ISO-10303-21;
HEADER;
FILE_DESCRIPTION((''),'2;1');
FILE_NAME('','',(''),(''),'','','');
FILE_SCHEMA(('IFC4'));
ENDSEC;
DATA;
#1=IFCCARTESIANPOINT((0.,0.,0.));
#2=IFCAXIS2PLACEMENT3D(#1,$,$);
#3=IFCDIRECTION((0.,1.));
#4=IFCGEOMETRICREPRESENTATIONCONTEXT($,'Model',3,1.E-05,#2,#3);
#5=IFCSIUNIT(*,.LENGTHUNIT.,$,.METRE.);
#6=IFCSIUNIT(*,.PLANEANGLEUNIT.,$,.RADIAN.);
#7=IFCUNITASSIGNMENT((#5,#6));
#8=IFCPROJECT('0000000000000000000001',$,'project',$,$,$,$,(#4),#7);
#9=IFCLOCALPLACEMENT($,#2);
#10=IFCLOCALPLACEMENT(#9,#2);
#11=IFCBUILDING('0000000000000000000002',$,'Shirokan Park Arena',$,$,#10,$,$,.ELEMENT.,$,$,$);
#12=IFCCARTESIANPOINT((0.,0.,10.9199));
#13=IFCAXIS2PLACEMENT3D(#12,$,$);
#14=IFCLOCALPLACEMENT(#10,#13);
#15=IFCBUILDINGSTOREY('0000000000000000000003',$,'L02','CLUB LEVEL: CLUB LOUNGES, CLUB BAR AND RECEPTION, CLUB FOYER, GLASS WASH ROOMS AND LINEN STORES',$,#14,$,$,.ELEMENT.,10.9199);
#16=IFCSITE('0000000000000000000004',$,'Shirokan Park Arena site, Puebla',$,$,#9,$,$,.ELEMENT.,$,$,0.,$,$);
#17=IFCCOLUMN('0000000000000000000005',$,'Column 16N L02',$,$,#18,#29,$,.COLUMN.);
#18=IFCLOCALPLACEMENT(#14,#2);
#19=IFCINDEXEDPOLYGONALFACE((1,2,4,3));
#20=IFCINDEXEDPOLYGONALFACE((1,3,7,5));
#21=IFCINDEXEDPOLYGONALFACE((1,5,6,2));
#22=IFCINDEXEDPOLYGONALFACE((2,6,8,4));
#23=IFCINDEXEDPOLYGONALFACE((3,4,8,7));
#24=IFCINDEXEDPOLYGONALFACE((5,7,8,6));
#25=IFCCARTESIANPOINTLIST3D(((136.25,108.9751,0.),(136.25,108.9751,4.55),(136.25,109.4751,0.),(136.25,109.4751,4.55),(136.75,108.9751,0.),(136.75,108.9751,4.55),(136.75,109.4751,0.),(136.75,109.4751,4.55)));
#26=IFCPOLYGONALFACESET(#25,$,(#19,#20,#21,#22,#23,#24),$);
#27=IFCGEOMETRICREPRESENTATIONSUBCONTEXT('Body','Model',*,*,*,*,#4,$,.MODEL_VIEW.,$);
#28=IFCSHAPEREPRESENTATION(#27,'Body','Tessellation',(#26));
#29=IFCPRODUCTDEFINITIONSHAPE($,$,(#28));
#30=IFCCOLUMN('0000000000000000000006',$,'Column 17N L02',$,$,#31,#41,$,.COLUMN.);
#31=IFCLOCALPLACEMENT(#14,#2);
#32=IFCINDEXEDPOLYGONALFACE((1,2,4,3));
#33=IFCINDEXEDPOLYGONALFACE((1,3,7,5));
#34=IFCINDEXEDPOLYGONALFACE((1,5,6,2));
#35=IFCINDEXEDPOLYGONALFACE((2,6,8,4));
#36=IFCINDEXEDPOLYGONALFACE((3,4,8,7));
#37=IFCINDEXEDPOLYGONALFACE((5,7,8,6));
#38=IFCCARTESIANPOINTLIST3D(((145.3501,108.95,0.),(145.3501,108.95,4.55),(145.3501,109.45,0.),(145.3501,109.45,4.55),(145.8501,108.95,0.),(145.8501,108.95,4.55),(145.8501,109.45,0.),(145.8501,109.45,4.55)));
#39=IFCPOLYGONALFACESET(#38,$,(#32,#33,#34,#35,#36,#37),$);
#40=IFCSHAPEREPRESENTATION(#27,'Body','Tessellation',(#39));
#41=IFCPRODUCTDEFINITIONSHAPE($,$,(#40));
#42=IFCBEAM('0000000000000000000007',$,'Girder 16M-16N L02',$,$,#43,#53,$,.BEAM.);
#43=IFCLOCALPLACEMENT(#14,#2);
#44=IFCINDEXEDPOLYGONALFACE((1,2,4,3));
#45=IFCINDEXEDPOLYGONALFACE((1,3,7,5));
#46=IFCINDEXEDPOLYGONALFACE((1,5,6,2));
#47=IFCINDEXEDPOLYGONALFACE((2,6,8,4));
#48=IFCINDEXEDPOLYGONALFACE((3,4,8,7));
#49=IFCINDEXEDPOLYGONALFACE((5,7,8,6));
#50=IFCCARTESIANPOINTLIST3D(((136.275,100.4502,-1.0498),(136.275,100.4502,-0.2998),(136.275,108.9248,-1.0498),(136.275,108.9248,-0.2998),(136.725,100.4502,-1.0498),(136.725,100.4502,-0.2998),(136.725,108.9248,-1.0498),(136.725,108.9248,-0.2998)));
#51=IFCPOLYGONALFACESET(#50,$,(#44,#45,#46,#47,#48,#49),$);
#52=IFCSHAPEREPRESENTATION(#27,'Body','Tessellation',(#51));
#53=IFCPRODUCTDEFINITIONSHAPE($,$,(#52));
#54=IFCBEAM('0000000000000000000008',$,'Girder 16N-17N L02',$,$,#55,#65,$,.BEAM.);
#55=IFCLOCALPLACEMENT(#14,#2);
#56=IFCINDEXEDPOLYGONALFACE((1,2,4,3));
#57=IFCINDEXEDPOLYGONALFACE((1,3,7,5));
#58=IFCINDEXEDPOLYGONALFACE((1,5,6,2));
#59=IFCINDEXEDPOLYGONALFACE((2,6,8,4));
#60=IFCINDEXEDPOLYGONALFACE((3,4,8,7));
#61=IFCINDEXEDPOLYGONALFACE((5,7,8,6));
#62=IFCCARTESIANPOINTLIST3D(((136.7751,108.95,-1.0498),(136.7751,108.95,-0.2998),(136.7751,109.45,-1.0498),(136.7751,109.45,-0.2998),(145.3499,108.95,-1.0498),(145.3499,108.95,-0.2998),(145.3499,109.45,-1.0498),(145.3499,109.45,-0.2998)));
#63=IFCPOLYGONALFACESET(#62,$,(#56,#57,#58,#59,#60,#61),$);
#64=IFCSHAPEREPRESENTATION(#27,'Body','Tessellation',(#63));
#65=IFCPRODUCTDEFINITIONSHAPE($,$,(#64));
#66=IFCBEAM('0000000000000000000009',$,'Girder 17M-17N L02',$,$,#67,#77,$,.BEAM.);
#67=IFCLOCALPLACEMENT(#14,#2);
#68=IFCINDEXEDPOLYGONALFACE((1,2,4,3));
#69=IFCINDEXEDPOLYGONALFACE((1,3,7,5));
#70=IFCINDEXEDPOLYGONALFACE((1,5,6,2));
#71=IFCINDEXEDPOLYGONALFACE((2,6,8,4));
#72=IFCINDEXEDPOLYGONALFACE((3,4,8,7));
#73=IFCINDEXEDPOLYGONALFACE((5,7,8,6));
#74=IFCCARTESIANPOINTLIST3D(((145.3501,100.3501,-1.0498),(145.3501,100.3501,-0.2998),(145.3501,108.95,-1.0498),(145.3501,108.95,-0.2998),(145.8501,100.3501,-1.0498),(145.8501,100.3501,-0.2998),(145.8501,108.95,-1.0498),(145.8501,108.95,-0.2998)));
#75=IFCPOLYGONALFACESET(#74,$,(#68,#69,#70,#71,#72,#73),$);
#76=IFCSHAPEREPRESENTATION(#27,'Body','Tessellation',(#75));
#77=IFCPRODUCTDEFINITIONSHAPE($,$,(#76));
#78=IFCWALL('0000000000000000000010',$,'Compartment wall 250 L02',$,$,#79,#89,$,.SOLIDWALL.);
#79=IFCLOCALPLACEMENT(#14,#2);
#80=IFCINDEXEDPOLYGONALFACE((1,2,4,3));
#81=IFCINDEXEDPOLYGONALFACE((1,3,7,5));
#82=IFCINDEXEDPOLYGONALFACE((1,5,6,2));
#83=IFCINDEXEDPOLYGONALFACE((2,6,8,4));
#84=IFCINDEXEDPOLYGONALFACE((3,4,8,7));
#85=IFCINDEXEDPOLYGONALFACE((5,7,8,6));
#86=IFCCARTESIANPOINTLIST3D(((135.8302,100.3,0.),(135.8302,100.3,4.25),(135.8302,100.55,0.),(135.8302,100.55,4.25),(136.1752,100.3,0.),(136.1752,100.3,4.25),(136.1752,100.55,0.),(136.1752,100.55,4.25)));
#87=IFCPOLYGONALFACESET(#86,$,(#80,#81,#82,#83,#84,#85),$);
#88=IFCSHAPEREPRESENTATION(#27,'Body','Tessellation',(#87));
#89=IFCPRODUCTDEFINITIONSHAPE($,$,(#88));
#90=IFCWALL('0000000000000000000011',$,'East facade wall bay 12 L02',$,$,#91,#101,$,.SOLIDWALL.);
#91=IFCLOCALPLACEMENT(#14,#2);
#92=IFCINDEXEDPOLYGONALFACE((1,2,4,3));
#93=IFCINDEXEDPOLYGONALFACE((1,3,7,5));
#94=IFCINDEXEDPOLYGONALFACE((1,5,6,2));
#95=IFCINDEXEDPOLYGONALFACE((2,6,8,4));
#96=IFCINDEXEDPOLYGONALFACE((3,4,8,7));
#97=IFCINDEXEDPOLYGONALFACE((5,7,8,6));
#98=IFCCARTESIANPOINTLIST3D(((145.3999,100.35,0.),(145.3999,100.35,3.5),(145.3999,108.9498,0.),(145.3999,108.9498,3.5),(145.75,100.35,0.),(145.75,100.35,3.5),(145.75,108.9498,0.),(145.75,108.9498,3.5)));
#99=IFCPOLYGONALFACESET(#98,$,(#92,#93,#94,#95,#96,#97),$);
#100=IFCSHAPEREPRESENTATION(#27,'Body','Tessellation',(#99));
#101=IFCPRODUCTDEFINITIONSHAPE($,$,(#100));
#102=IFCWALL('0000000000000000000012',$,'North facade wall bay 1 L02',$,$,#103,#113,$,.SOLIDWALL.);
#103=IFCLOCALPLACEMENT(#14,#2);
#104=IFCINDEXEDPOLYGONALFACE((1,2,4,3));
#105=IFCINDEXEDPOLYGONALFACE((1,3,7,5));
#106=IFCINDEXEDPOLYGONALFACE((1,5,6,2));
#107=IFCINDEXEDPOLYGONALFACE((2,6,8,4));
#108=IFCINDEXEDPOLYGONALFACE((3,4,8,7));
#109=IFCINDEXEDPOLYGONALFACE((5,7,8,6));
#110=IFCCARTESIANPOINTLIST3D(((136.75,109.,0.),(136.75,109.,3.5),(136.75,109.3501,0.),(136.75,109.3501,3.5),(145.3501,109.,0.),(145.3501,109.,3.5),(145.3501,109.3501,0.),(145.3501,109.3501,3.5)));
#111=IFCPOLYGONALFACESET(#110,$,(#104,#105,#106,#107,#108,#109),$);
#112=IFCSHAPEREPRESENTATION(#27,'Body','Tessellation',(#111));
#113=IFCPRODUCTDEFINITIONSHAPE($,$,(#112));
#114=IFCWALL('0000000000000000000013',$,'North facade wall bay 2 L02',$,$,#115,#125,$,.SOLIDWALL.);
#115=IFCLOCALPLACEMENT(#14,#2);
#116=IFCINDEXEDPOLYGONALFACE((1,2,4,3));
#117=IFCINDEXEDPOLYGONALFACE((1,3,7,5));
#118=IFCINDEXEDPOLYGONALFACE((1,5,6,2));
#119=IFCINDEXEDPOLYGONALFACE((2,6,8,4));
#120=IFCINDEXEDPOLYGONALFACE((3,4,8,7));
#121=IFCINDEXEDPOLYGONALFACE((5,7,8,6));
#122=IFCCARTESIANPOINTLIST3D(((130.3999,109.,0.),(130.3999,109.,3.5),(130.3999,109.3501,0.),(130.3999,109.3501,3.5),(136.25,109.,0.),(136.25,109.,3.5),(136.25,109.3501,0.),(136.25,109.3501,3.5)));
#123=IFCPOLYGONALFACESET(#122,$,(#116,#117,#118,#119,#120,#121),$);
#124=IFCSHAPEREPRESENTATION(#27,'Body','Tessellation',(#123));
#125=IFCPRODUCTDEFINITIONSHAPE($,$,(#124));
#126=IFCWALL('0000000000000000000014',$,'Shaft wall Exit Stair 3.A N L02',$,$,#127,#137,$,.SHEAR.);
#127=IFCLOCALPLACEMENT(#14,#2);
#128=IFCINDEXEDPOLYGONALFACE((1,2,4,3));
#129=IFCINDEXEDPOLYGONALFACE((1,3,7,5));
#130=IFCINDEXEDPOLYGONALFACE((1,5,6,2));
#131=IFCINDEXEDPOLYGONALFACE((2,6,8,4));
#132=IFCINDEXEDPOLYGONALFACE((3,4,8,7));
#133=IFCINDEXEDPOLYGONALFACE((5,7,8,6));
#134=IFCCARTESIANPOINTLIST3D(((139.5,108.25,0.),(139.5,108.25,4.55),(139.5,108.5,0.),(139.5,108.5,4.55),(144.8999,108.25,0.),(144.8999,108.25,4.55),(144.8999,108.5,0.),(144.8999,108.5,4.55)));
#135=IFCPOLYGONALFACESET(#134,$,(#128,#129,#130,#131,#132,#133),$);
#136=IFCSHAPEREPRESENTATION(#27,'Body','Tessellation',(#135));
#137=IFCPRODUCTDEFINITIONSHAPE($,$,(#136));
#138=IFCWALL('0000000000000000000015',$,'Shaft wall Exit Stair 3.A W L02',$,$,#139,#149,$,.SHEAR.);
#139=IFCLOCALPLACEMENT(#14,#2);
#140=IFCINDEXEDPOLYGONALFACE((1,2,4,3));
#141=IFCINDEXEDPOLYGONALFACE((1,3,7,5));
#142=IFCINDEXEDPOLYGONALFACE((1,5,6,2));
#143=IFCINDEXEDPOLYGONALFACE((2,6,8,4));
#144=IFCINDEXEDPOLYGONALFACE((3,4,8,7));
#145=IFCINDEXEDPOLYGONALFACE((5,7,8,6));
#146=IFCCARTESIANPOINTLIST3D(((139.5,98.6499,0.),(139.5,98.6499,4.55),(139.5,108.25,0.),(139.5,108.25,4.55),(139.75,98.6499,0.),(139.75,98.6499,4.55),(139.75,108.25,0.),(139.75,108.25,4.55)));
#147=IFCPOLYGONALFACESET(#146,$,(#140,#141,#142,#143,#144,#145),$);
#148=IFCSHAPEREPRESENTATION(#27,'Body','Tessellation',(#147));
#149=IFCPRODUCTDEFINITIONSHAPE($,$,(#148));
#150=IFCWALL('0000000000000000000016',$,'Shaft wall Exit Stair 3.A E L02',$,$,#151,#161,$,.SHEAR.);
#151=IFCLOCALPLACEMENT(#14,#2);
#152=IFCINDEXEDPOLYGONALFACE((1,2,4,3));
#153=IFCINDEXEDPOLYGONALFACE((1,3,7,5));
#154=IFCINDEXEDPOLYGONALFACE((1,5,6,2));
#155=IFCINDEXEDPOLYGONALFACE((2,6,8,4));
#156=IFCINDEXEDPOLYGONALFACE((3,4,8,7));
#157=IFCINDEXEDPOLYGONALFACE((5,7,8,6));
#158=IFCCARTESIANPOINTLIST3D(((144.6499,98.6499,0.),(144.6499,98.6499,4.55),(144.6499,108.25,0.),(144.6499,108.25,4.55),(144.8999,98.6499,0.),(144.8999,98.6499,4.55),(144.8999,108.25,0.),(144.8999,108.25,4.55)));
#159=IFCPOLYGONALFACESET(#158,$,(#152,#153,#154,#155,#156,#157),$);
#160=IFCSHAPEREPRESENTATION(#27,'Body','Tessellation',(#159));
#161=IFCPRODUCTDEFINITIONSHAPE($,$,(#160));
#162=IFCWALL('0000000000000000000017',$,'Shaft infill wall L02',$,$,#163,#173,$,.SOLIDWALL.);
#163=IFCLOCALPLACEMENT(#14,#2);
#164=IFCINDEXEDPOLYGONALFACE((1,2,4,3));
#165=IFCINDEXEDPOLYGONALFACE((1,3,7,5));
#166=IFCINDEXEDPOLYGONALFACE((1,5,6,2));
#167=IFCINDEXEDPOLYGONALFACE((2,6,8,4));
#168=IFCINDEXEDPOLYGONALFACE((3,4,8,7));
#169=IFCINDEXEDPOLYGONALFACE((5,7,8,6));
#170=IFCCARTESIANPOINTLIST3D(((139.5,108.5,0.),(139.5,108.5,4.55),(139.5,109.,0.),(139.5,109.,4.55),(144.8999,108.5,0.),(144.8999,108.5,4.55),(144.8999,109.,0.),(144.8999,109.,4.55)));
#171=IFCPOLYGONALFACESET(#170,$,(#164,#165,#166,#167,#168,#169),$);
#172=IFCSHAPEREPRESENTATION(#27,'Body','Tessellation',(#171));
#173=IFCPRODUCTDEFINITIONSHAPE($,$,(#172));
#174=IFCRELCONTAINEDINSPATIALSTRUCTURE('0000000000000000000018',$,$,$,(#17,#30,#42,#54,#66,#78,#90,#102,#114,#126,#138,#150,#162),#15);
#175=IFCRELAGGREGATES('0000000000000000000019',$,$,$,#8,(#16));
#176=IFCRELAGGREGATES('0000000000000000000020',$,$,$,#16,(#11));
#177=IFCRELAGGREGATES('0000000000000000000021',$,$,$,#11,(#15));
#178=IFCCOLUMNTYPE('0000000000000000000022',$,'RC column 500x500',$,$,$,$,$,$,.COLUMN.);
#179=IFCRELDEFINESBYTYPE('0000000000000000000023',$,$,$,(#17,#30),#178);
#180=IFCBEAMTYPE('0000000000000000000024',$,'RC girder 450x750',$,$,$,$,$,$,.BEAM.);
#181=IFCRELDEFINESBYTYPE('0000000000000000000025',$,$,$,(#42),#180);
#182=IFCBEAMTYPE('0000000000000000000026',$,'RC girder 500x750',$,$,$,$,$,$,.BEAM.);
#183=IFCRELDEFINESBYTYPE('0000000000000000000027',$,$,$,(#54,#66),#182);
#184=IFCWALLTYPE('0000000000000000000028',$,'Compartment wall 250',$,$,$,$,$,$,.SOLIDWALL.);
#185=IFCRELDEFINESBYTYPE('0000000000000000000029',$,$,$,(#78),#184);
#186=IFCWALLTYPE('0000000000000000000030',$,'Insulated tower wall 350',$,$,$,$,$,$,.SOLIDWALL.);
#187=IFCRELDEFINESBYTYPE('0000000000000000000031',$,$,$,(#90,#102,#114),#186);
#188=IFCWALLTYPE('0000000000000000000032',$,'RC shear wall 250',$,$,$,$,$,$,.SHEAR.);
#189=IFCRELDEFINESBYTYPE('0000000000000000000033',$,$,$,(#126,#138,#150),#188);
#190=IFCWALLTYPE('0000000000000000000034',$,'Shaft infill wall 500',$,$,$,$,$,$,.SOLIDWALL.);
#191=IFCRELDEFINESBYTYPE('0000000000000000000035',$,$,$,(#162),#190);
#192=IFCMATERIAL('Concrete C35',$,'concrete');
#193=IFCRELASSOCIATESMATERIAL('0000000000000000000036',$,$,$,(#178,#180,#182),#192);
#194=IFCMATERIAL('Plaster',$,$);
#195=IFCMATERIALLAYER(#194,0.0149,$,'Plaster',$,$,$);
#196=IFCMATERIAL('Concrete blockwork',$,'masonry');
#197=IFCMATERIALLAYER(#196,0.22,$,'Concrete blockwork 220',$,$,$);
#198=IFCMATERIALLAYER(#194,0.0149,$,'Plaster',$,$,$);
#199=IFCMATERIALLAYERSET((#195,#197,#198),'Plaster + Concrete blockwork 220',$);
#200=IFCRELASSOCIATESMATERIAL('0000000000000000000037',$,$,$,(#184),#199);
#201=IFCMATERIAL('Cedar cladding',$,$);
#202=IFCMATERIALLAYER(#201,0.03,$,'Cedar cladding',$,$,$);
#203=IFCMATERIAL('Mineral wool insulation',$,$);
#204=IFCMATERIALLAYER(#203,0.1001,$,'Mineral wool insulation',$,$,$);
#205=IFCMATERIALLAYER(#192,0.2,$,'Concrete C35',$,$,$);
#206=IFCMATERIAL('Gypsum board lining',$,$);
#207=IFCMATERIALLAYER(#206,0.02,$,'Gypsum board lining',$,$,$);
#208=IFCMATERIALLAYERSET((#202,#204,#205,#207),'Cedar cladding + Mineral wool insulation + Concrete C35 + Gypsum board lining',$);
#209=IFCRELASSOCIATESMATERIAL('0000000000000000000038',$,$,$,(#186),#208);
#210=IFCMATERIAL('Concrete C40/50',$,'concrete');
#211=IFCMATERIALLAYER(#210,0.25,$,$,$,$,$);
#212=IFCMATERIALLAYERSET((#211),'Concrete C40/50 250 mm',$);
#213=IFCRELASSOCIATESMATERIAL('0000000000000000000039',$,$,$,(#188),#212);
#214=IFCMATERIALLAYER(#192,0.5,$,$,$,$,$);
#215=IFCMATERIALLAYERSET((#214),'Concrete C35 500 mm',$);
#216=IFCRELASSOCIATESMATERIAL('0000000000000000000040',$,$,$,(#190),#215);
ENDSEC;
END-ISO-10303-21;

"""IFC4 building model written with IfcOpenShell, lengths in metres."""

from ifc_helpers import new_model, si_unit, direction, frame, frame_2d, origin, origin_2d, place, context, subcontext, project, spatial, rectangle, extrude, material, layer, layer_set, material_profile, profile_set, type_object, element, save


model = new_model("IFC4")

# Units and contexts
model_context = context("Model", 3, precision=1e-05, world=origin(), true_north=direction((0.0, 1.0)))
body_context = subcontext(model_context, "Body", "Model", "MODEL_VIEW")
ifc_project = project(units=[si_unit("LENGTHUNIT", "METRE"), si_unit("PLANEANGLEUNIT", "RADIAN")], contexts=[model_context])

# Site, building, storey
site_placement = place(None, origin())
site = spatial("IfcSite", under=ifc_project, at=site_placement, Name="Shirokan Park Arena site, Puebla", CompositionType="ELEMENT", RefElevation=0.0)
building_placement = place(site_placement, origin())
building = spatial("IfcBuilding", under=site, at=building_placement, Name="Shirokan Park Arena", CompositionType="ELEMENT")
storey_placement = place(building_placement, frame((0.0, 0.0, 10.9199)))
storey = spatial("IfcBuildingStorey", under=building, at=storey_placement, Name="L02", Description="CLUB LEVEL: CLUB LOUNGES, CLUB BAR AND RECEPTION, CLUB FOYER, GLASS WASH ROOMS AND LINEN STORES", CompositionType="ELEMENT", Elevation=10.9199)

# Columns
ifc_material_1 = material(Name="Concrete C35", Category="concrete")
ifc_material_profile_1 = material_profile(ifc_material_1, rectangle(XDim=0.5, YDim=0.5, at=origin_2d()), Name="500x500")
ifc_profile_set_1 = profile_set([ifc_material_profile_1], Name="Concrete C35")
column_type = type_object("IfcColumnType", Name="RC column 500x500", PredefinedType="COLUMN", material=ifc_profile_set_1)
for number, where, z_axis, x_axis, name in (
    (1, (136.5, 109.2251, 0.0), (0.0, 0.0, 1.0), (1.0, 0.0, 0.0), "Column 16N L02"),
    (2, (145.6001, 109.2, 0.0), (0.0, 0.0, 1.0), (1.0, 0.0, 0.0), "Column 17N L02"),
):
    element("IfcColumn", number, at=place(storey_placement, frame(where, z_axis=z_axis, x_axis=x_axis)), inside=storey, type_object=column_type, Name=name, PredefinedType="COLUMN", context=body_context, shape_type="SweptSolid", body=[
        extrude(rectangle(XDim=0.5, YDim=0.5, at=origin_2d()), origin(), (0.0, 0.0, 1.0), 4.55),
    ])

# Beams
ifc_material_profile_2 = material_profile(ifc_material_1, rectangle(XDim=0.45, YDim=0.75, at=origin_2d()), Name="450x750")
ifc_profile_set_2 = profile_set([ifc_material_profile_2], Name="Concrete C35")
beam_type_1 = type_object("IfcBeamType", Name="RC girder 450x750", PredefinedType="BEAM", material=ifc_profile_set_2)
beam_1_placement = place(storey_placement, frame((136.5, 100.4502, -0.6748), z_axis=(0.0, 1.0, 0.0), x_axis=(-1.0, 0.0, 0.0)))
element("IfcBeam", 3, at=beam_1_placement, inside=storey, type_object=beam_type_1, Name="Girder 16M-16N L02", PredefinedType="BEAM", context=body_context, shape_type="SweptSolid", body=[
    extrude(rectangle(XDim=0.45, YDim=0.75, at=origin_2d()), origin(), (0.0, 0.0, 1.0), 8.4746),
])
ifc_material_profile_3 = material_profile(ifc_material_1, rectangle(XDim=0.5, YDim=0.75, at=origin_2d()), Name="500x750")
ifc_profile_set_3 = profile_set([ifc_material_profile_3], Name="Concrete C35")
beam_type_2 = type_object("IfcBeamType", Name="RC girder 500x750", PredefinedType="BEAM", material=ifc_profile_set_3)
beam_2_placement = place(storey_placement, frame((136.7751, 109.2, -0.6748), z_axis=(1.0, 0.0, 0.0), x_axis=(0.0, 1.0, 0.0)))
element("IfcBeam", 4, at=beam_2_placement, inside=storey, type_object=beam_type_2, Name="Girder 16N-17N L02", PredefinedType="BEAM", context=body_context, shape_type="SweptSolid", body=[
    extrude(rectangle(XDim=0.5, YDim=0.75, at=origin_2d()), origin(), (0.0, 0.0, 1.0), 8.5747),
])
beam_3_placement = place(storey_placement, frame((145.6001, 100.3501, -0.6748), z_axis=(0.0, 1.0, 0.0), x_axis=(-1.0, 0.0, 0.0)))
element("IfcBeam", 5, at=beam_3_placement, inside=storey, type_object=beam_type_2, Name="Girder 17M-17N L02", PredefinedType="BEAM", context=body_context, shape_type="SweptSolid", body=[
    extrude(rectangle(XDim=0.5, YDim=0.75, at=origin_2d()), origin(), (0.0, 0.0, 1.0), 8.5999),
])

# Walls
ifc_material_2 = material(Name="Plaster")
ifc_layer_1 = layer(ifc_material_2, 0.0149, Name="Plaster")
ifc_material_3 = material(Name="Concrete blockwork", Category="masonry")
ifc_layer_2 = layer(ifc_material_3, 0.22, Name="Concrete blockwork 220")
ifc_layer_3 = layer(ifc_material_2, 0.0149, Name="Plaster")
ifc_layer_set_1 = layer_set([ifc_layer_1, ifc_layer_2, ifc_layer_3], Name="Plaster + Concrete blockwork 220")
wall_type_1 = type_object("IfcWallType", Name="Compartment wall 250", PredefinedType="SOLIDWALL", material=ifc_layer_set_1)
wall_1_placement = place(storey_placement, frame((136.175, 100.425, 0.0), z_axis=(0.0, 0.0, 1.0), x_axis=(-1.0, 0.0, 0.0)))
element("IfcWall", 6, at=wall_1_placement, inside=storey, type_object=wall_type_1, Name="Compartment wall 250 L02", PredefinedType="SOLIDWALL", context=body_context, shape_type="SweptSolid", body=[
    extrude(rectangle(XDim=0.345, YDim=0.25, at=frame_2d((0.1724, 0.0))), origin(), (0.0, 0.0, 1.0), 4.25),
])
ifc_material_4 = material(Name="Cedar cladding")
ifc_layer_4 = layer(ifc_material_4, 0.03, Name="Cedar cladding")
ifc_material_5 = material(Name="Mineral wool insulation")
ifc_layer_5 = layer(ifc_material_5, 0.1001, Name="Mineral wool insulation")
ifc_layer_6 = layer(ifc_material_1, 0.2, Name="Concrete C35")
ifc_material_6 = material(Name="Gypsum board lining")
ifc_layer_7 = layer(ifc_material_6, 0.02, Name="Gypsum board lining")
ifc_layer_set_2 = layer_set([ifc_layer_4, ifc_layer_5, ifc_layer_6, ifc_layer_7], Name="Cedar cladding + Mineral wool insulation + Concrete C35 + Gypsum board lining")
wall_type_2 = type_object("IfcWallType", Name="Insulated tower wall 350", PredefinedType="SOLIDWALL", material=ifc_layer_set_2)
wall_2_placement = place(storey_placement, frame((145.575, 100.3501, 0.0), z_axis=(0.0, 0.0, 1.0), x_axis=(0.0, 1.0, 0.0)))
element("IfcWall", 7, at=wall_2_placement, inside=storey, type_object=wall_type_2, Name="East facade wall bay 12 L02", PredefinedType="SOLIDWALL", context=body_context, shape_type="SweptSolid", body=[
    extrude(rectangle(XDim=8.5999, YDim=0.3501, at=frame_2d((4.2998, 0.0))), origin(), (0.0, 0.0, 1.0), 3.5),
])
wall_3_placement = place(storey_placement, frame((145.3501, 109.175, 0.0), z_axis=(0.0, 0.0, 1.0), x_axis=(-1.0, 0.0, 0.0)))
element("IfcWall", 8, at=wall_3_placement, inside=storey, type_object=wall_type_2, Name="North facade wall bay 1 L02", PredefinedType="SOLIDWALL", context=body_context, shape_type="SweptSolid", body=[
    extrude(rectangle(XDim=8.6001, YDim=0.3501, at=frame_2d((4.3, 0.0))), origin(), (0.0, 0.0, 1.0), 3.5),
])
wall_4_placement = place(storey_placement, frame((136.25, 109.175, 0.0), z_axis=(0.0, 0.0, 1.0), x_axis=(-1.0, 0.0, 0.0)))
element("IfcWall", 9, at=wall_4_placement, inside=storey, type_object=wall_type_2, Name="North facade wall bay 2 L02", PredefinedType="SOLIDWALL", context=body_context, shape_type="SweptSolid", body=[
    extrude(rectangle(XDim=5.8501, YDim=0.3501, at=frame_2d((2.925, 0.0))), origin(), (0.0, 0.0, 1.0), 3.5),
])
ifc_material_7 = material(Name="Concrete C40/50", Category="concrete")
ifc_layer_8 = layer(ifc_material_7, 0.25)
ifc_layer_set_3 = layer_set([ifc_layer_8], Name="Concrete C40/50 250 mm")
wall_type_3 = type_object("IfcWallType", Name="RC shear wall 250", PredefinedType="SHEAR", material=ifc_layer_set_3)
wall_5_placement = place(storey_placement, frame((144.8999, 108.375, 0.0), z_axis=(0.0, 0.0, 1.0), x_axis=(-1.0, 0.0, 0.0)))
element("IfcWall", 10, at=wall_5_placement, inside=storey, type_object=wall_type_3, Name="Shaft wall Exit Stair 3.A N L02", PredefinedType="SHEAR", context=body_context, shape_type="SweptSolid", body=[
    extrude(rectangle(XDim=5.3999, YDim=0.25, at=frame_2d((2.7, 0.0))), origin(), (0.0, 0.0, 1.0), 4.55),
])
for number, where, z_axis, x_axis, name in (
    (11, (139.625, 108.25, 0.0), (0.0, 0.0, 1.0), (0.0, -1.0, 0.0), "Shaft wall Exit Stair 3.A W L02"),
    (12, (144.7749, 108.25, 0.0), (0.0, 0.0, 1.0), (0.0, -1.0, 0.0), "Shaft wall Exit Stair 3.A E L02"),
):
    element("IfcWall", number, at=place(storey_placement, frame(where, z_axis=z_axis, x_axis=x_axis)), inside=storey, type_object=wall_type_3, Name=name, PredefinedType="SHEAR", context=body_context, shape_type="SweptSolid", body=[
        extrude(rectangle(XDim=9.6001, YDim=0.25, at=frame_2d((4.8, 0.0))), origin(), (0.0, 0.0, 1.0), 4.55),
    ])
ifc_layer_9 = layer(ifc_material_1, 0.5)
ifc_layer_set_4 = layer_set([ifc_layer_9], Name="Concrete C35 500 mm")
wall_type_4 = type_object("IfcWallType", Name="Shaft infill wall 500", PredefinedType="SOLIDWALL", material=ifc_layer_set_4)
wall_6_placement = place(storey_placement, frame((139.5, 108.75, 0.0), z_axis=(0.0, 0.0, 1.0), x_axis=(1.0, 0.0, 0.0)))
element("IfcWall", 13, at=wall_6_placement, inside=storey, type_object=wall_type_4, Name="Shaft infill wall L02", PredefinedType="SOLIDWALL", context=body_context, shape_type="SweptSolid", body=[
    extrude(rectangle(XDim=5.3999, YDim=0.5, at=frame_2d((2.7, 0.0))), origin(), (0.0, 0.0, 1.0), 4.55),
])

save(model, "model.ifc")
